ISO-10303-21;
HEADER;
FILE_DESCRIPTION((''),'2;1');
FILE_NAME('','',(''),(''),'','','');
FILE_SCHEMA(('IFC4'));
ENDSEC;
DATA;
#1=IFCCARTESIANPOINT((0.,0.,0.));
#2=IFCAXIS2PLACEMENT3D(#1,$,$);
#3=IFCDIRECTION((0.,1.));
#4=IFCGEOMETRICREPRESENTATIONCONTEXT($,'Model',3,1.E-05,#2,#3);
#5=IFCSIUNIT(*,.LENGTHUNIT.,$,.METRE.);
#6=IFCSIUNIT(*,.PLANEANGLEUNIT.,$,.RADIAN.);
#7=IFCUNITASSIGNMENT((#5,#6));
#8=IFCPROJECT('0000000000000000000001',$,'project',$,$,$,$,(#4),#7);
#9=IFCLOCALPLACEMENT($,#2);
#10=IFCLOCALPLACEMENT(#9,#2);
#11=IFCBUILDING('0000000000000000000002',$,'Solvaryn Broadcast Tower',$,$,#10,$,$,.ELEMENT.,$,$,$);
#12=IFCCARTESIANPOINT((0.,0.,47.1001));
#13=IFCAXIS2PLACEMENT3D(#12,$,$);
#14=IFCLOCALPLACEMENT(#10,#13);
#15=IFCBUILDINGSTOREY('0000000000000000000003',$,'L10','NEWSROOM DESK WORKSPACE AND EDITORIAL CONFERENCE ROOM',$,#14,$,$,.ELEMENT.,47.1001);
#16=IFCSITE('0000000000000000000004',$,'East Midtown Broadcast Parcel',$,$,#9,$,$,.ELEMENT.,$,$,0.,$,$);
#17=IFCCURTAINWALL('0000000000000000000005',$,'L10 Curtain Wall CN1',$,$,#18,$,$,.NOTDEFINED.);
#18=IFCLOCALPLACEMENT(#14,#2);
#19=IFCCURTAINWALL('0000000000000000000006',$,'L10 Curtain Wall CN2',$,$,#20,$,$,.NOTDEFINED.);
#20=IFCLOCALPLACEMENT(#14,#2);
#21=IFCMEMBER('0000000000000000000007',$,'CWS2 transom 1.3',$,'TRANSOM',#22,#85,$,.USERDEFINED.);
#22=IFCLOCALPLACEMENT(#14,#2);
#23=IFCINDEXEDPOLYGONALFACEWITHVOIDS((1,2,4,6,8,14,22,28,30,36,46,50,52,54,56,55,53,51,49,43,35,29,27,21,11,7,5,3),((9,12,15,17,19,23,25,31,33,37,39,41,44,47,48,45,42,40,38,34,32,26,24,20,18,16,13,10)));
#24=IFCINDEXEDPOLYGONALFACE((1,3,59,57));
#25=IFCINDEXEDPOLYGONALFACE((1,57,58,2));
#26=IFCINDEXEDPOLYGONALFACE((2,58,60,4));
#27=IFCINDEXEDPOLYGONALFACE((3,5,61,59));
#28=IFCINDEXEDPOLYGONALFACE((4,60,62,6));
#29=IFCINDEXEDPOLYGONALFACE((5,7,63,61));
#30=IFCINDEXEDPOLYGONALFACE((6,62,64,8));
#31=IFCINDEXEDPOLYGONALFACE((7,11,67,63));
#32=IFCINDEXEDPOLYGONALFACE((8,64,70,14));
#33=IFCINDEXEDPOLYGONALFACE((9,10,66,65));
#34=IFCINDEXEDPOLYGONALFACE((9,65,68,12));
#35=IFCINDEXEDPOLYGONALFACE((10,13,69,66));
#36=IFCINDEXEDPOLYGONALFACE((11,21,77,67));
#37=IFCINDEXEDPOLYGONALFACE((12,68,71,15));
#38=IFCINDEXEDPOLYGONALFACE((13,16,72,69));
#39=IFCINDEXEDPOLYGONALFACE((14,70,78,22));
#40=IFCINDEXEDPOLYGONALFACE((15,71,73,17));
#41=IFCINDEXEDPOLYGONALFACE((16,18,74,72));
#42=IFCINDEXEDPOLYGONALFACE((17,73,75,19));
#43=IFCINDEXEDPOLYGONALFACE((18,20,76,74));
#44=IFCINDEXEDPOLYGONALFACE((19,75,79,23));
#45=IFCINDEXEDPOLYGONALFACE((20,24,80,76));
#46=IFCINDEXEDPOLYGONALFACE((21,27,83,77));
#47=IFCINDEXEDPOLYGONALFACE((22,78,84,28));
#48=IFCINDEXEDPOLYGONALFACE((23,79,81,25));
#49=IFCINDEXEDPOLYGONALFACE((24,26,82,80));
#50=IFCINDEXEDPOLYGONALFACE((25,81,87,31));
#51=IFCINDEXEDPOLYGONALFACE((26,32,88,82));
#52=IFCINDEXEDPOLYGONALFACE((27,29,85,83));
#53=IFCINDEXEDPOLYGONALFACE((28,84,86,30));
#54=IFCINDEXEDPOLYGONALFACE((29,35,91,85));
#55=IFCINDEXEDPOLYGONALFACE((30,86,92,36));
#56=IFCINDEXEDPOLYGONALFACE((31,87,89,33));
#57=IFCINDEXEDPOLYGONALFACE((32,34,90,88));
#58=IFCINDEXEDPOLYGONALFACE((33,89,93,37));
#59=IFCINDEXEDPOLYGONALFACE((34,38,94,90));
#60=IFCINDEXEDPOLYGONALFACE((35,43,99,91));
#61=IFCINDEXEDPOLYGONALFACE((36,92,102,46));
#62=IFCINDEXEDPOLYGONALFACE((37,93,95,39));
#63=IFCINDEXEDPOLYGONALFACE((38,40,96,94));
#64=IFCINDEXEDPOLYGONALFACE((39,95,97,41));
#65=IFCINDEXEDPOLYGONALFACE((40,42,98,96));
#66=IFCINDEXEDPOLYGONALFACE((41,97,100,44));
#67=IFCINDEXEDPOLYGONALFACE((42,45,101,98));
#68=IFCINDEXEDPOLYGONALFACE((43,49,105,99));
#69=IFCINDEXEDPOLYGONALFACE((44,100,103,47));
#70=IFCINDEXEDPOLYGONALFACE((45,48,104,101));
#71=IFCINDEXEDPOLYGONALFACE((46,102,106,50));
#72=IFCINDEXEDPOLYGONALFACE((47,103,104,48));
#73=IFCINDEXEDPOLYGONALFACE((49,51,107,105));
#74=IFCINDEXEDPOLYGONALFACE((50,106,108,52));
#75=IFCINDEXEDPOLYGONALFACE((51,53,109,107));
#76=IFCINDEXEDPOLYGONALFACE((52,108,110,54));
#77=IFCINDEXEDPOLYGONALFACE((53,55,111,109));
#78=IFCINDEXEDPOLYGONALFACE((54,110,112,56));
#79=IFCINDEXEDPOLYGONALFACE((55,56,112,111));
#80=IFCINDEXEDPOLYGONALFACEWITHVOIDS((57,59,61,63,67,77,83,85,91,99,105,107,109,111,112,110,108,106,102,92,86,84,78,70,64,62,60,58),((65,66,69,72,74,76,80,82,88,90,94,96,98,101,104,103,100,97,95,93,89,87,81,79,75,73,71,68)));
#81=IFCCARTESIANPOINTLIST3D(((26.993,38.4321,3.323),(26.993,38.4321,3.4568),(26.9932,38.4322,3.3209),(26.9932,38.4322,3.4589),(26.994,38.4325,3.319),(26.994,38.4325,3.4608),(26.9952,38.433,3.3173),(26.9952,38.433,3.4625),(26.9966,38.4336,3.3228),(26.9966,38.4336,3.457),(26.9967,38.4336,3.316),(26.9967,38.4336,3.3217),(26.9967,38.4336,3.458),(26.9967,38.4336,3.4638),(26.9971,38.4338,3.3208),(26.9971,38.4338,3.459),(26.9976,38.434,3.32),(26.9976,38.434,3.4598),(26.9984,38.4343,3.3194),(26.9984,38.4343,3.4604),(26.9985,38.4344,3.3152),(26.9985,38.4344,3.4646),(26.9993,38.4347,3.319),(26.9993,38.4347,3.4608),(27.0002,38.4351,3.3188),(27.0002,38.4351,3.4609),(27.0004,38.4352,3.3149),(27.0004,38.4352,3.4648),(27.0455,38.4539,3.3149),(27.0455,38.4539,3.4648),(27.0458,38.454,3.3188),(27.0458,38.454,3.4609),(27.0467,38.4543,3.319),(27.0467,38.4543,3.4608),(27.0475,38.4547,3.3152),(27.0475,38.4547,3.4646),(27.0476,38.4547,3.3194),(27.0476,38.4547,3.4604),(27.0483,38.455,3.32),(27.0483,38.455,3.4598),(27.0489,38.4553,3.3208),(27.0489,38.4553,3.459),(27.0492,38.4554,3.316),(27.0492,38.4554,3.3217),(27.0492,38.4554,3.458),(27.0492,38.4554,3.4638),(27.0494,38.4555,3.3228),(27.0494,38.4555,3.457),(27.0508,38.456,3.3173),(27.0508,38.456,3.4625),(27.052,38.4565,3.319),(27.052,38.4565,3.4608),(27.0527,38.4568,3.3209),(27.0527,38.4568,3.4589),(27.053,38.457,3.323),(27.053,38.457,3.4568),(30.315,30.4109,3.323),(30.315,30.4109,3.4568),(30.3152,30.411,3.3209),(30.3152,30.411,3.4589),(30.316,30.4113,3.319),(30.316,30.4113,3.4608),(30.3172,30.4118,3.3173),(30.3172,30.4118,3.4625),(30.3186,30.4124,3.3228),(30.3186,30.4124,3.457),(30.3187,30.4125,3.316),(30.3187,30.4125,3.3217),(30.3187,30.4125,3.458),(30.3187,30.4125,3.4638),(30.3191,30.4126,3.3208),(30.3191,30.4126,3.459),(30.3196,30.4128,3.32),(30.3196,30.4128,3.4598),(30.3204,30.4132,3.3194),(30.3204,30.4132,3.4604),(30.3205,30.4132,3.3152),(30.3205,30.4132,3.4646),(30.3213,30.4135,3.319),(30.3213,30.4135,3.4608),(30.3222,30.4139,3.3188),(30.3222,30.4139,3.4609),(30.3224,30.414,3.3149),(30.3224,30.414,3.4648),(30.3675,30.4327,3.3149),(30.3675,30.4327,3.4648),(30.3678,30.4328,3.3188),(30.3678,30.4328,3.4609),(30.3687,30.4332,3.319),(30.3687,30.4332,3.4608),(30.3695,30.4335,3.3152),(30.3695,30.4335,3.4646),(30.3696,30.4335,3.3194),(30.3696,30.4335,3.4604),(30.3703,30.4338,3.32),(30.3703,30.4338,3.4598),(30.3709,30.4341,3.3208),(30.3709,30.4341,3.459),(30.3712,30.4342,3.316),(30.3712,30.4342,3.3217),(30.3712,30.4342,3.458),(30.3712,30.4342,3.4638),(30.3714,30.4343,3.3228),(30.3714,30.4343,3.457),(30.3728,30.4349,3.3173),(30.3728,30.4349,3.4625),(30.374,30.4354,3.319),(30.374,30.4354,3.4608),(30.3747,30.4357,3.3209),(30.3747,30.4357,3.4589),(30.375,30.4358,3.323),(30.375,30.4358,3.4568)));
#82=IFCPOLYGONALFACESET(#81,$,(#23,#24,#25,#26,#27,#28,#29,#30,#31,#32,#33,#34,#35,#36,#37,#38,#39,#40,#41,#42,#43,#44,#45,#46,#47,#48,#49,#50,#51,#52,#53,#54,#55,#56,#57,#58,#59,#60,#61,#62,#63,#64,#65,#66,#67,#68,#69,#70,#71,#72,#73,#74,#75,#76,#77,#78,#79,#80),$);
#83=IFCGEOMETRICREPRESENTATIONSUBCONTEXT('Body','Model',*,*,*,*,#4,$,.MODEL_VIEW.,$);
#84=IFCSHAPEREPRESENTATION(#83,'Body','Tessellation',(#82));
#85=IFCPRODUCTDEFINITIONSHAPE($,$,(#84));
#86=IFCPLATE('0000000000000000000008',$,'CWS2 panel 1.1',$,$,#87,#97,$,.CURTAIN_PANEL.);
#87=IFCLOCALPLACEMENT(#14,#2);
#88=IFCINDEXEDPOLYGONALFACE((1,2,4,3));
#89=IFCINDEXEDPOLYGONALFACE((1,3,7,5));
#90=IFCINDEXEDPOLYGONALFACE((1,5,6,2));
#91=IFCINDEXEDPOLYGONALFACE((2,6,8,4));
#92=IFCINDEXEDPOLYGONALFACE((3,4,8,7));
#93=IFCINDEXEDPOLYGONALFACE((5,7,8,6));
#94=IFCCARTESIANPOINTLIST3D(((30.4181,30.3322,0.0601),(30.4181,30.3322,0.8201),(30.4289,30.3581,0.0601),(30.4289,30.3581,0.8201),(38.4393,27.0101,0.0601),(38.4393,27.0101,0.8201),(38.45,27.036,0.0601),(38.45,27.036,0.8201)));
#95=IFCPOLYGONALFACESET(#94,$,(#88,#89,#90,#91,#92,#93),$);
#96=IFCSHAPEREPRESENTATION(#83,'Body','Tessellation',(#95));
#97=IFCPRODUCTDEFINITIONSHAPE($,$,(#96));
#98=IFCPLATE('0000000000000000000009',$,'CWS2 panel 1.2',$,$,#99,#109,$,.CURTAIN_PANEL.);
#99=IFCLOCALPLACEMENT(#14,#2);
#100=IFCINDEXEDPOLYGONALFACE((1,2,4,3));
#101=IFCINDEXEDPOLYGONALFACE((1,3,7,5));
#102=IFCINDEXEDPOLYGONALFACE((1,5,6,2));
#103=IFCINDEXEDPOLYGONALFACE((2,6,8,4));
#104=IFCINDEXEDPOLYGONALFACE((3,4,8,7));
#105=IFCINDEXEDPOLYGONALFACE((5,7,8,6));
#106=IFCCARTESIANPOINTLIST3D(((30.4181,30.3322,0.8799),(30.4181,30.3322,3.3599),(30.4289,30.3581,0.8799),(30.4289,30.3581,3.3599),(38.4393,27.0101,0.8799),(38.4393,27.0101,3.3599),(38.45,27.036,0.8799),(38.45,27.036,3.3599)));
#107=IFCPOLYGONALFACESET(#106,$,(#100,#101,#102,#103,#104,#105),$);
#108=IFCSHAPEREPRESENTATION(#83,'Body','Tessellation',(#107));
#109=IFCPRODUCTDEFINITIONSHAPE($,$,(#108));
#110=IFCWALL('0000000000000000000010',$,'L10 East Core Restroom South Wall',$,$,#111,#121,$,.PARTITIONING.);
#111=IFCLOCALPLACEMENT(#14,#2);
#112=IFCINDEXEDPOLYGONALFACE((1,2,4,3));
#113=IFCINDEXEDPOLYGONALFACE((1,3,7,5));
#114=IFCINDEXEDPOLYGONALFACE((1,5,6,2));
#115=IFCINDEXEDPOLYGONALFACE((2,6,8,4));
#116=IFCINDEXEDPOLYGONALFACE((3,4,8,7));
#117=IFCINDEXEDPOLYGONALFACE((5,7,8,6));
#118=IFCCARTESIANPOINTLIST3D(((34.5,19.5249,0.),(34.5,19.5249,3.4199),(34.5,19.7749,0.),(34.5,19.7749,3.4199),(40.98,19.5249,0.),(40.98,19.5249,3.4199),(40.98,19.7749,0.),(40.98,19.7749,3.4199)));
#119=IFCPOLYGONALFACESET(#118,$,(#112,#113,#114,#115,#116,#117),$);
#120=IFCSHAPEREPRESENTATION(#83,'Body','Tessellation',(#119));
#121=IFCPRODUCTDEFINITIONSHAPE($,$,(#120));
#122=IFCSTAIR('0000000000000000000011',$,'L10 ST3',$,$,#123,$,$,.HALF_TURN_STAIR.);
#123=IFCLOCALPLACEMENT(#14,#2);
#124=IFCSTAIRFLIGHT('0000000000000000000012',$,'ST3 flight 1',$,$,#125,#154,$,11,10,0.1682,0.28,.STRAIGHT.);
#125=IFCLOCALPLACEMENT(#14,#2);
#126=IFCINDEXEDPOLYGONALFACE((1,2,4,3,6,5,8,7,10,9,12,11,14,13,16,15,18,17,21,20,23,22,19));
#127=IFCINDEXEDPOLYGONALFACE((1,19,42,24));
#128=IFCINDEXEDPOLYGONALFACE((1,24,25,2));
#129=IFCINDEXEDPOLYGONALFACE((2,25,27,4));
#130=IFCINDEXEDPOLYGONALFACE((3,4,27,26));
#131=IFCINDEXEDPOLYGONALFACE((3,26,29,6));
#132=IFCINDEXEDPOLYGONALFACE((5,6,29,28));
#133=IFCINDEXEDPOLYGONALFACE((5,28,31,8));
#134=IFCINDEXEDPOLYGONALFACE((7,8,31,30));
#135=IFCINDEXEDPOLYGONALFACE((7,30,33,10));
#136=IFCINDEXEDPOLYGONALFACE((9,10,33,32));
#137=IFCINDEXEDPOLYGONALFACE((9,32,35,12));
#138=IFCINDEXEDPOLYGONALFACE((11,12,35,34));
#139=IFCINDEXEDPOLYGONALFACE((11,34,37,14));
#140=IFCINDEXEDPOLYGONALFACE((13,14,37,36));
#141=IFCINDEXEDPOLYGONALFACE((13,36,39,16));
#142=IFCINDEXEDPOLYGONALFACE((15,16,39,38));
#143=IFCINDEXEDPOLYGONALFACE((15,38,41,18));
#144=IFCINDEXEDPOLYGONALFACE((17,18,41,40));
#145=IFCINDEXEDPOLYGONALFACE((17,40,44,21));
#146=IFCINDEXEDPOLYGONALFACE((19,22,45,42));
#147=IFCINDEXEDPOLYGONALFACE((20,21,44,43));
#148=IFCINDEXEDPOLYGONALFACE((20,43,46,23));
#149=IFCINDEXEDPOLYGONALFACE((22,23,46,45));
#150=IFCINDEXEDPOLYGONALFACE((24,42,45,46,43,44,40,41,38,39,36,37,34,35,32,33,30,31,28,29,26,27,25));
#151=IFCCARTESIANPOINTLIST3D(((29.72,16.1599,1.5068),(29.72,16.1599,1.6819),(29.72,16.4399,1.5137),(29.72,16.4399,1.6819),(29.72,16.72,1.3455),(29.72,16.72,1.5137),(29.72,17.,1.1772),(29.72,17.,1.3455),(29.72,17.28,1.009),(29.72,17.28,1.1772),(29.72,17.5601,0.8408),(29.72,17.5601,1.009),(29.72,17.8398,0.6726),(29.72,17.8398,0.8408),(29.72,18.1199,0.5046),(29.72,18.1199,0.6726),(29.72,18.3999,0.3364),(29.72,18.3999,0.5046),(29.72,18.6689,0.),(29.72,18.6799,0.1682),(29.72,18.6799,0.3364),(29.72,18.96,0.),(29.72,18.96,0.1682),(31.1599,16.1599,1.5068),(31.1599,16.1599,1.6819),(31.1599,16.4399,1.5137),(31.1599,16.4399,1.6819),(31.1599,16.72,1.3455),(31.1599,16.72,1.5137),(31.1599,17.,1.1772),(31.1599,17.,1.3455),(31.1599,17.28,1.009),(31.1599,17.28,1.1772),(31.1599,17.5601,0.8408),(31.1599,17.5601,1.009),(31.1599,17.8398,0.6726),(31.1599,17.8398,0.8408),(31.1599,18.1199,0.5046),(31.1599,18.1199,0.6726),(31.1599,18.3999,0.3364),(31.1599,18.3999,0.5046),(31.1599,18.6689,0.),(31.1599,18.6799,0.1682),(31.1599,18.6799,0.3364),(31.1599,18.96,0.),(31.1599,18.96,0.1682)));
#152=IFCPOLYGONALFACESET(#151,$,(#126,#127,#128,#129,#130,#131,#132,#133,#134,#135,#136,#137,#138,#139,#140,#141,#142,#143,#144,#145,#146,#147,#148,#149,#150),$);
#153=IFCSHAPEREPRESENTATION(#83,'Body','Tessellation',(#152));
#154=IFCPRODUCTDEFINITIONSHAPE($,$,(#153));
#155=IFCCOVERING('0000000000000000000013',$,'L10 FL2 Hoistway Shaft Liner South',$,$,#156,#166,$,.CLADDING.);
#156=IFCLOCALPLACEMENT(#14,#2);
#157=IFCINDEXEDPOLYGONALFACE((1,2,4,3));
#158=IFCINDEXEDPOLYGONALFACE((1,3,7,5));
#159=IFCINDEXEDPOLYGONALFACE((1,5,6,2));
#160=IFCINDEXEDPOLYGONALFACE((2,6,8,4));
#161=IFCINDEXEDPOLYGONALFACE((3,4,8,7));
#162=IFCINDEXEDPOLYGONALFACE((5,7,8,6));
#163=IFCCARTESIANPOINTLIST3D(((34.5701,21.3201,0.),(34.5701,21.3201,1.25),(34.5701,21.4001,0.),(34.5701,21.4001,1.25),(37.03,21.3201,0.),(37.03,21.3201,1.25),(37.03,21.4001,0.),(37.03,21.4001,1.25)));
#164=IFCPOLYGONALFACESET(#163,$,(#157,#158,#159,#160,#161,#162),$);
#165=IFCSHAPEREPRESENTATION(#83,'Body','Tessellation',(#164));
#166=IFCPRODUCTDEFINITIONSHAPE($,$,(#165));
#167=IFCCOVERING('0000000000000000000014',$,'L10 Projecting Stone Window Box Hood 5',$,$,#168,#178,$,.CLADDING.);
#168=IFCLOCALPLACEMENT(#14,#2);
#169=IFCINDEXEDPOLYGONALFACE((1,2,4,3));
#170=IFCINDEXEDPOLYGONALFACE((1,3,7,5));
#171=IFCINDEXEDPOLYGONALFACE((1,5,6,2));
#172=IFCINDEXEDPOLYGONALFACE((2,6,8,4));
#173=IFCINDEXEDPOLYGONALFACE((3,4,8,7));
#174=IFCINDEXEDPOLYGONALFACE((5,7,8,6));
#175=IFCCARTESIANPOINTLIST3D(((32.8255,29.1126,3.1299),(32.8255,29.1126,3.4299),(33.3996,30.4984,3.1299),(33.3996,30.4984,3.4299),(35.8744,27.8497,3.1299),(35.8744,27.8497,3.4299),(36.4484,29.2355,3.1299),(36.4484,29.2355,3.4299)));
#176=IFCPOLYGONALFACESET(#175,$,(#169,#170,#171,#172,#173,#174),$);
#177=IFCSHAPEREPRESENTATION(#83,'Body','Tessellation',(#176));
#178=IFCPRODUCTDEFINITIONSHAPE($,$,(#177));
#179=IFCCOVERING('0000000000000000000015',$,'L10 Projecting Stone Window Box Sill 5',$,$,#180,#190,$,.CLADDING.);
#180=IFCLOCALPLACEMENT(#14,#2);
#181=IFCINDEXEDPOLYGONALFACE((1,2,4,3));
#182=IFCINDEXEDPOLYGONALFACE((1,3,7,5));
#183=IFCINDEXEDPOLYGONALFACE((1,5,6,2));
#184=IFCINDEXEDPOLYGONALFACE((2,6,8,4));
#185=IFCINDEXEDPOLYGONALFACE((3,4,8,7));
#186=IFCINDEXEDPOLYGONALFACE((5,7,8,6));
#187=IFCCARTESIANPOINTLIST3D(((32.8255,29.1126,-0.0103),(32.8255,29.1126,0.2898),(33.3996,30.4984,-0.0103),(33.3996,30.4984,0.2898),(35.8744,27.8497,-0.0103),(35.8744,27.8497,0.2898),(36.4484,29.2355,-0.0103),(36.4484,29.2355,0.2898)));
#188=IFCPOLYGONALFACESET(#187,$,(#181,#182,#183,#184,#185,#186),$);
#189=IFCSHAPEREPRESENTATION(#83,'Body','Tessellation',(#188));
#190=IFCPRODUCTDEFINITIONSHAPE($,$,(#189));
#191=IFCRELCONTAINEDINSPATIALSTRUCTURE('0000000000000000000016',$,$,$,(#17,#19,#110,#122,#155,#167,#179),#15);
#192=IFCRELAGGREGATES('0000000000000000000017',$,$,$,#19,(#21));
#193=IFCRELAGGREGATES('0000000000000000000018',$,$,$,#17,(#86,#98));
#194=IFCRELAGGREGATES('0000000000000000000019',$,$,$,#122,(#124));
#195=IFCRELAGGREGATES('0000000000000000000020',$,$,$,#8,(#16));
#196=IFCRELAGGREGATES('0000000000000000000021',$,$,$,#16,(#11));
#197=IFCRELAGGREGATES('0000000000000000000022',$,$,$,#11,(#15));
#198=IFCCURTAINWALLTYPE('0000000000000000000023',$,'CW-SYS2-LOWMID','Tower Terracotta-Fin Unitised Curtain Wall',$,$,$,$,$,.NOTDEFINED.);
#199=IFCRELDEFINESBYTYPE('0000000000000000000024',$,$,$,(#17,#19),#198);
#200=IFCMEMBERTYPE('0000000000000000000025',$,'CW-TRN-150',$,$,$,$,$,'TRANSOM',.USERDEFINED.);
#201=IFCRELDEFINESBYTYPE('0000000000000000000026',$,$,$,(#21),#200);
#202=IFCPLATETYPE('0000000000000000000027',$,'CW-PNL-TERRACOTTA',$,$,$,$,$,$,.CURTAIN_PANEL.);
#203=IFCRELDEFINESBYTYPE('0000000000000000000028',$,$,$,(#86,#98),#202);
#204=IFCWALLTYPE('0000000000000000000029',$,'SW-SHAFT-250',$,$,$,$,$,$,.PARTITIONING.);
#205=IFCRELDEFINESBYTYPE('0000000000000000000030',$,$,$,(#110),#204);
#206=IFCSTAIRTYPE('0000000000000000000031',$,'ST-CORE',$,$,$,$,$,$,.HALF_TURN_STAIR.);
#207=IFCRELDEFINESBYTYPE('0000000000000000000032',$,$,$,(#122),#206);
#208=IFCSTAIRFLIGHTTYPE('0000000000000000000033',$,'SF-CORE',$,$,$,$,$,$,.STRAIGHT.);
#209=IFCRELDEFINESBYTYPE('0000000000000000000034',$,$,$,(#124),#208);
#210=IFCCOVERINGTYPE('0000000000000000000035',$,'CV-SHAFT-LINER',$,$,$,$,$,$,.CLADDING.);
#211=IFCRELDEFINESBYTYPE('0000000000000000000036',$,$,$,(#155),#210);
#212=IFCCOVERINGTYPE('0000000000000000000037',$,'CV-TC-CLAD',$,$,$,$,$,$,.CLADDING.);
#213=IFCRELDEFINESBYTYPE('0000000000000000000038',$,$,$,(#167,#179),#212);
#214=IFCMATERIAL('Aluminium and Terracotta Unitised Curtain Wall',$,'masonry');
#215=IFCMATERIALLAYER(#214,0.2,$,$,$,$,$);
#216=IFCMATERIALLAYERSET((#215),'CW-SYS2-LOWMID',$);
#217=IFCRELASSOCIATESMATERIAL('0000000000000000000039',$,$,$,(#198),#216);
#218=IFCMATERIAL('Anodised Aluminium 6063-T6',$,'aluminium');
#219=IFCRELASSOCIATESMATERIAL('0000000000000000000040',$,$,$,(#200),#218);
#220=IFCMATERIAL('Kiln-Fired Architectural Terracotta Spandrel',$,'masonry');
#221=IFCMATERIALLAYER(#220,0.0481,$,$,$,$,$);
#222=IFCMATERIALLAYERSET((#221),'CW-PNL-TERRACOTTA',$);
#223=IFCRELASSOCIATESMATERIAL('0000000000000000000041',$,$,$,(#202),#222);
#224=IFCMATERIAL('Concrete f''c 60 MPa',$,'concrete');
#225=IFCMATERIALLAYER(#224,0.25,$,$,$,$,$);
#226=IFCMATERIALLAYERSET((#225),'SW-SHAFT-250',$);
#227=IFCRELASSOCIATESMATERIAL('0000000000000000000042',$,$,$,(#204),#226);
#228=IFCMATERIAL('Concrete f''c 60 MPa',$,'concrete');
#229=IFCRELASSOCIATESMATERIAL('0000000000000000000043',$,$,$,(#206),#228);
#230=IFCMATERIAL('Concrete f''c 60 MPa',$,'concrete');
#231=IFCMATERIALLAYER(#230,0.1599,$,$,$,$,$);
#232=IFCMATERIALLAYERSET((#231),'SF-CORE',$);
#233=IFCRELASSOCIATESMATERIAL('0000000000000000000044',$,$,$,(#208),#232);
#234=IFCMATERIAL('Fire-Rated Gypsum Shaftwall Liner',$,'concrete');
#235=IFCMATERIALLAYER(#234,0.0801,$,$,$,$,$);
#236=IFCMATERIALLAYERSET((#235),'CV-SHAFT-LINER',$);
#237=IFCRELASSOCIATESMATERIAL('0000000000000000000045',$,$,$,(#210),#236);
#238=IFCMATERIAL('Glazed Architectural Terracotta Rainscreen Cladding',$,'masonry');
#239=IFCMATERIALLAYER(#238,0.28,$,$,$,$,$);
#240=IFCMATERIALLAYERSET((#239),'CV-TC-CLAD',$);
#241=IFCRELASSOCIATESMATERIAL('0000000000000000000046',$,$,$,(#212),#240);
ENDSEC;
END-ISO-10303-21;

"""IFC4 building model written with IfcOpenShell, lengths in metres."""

from ifc_helpers import new_model, si_unit, direction, frame, frame_2d, origin, origin_2d, place, context, subcontext, project, spatial, polyline, rectangle, hollow_rectangle, outline, extrude, material, layer, layer_set, material_profile, profile_set, type_object, element, aggregate, save


model = new_model("IFC4")

# Units and contexts
model_context = context("Model", 3, precision=1e-05, world=origin(), true_north=direction((0.0, 1.0)))
body_context = subcontext(model_context, "Body", "Model", "MODEL_VIEW")
ifc_project = project(units=[si_unit("LENGTHUNIT", "METRE"), si_unit("PLANEANGLEUNIT", "RADIAN")], contexts=[model_context])

# Site, building, storey
site_placement = place(None, origin())
site = spatial("IfcSite", under=ifc_project, at=site_placement, Name="East Midtown Broadcast Parcel", CompositionType="ELEMENT", RefElevation=0.0)
building_placement = place(site_placement, origin())
building = spatial("IfcBuilding", under=site, at=building_placement, Name="Solvaryn Broadcast Tower", CompositionType="ELEMENT")
storey_placement = place(building_placement, frame((0.0, 0.0, 47.1001)))
storey = spatial("IfcBuildingStorey", under=building, at=storey_placement, Name="L10", Description="NEWSROOM DESK WORKSPACE AND EDITORIAL CONFERENCE ROOM", CompositionType="ELEMENT", Elevation=47.1001)

# Curtain wall
ifc_material_1 = material(Name="Aluminium and Terracotta Unitised Curtain Wall", Category="masonry")
ifc_layer_1 = layer(ifc_material_1, 0.2)
ifc_layer_set_1 = layer_set([ifc_layer_1], Name="CW-SYS2-LOWMID")
curtain_wall_type = type_object("IfcCurtainWallType", Name="CW-SYS2-LOWMID", Description="Tower Terracotta-Fin Unitised Curtain Wall", PredefinedType="NOTDEFINED", material=ifc_layer_set_1)
curtain_wall_1_placement = place(storey_placement, origin())
curtain_wall_1 = element("IfcCurtainWall", 1, at=curtain_wall_1_placement, inside=storey, type_object=curtain_wall_type, Name="L10 Curtain Wall CN1", PredefinedType="NOTDEFINED")

# Curtain wall, member
curtain_wall_2_placement = place(storey_placement, origin())
curtain_wall_2 = element("IfcCurtainWall", 2, at=curtain_wall_2_placement, inside=storey, type_object=curtain_wall_type, Name="L10 Curtain Wall CN2", PredefinedType="NOTDEFINED")
ifc_material_2 = material(Name="Anodised Aluminium 6063-T6", Category="aluminium")
ifc_material_profile_1 = material_profile(ifc_material_2, hollow_rectangle(XDim=0.0649, YDim=0.1499, WallThickness=0.0039, InnerFilletRadius=0.0039, OuterFilletRadius=0.0081, at=origin_2d()))
ifc_profile_set_1 = profile_set([ifc_material_profile_1], Name="Anodised Aluminium 6063-T6")
member_type_1 = type_object("IfcMemberType", Name="CW-TRN-150", ElementType="TRANSOM", PredefinedType="USERDEFINED", material=ifc_profile_set_1)
member_1_placement = place(storey_placement, frame((30.345, 30.4233, 3.3899), z_axis=(-0.382636, 0.923899, 0.0), x_axis=(-0.923899, -0.382636, 0.0)))
member_1 = element("IfcMember", 3, at=member_1_placement, type_object=member_type_1, Name="CWS2 transom 1.3", ObjectType="TRANSOM", PredefinedType="USERDEFINED", context=body_context, shape_type="SweptSolid", body=[
    extrude(hollow_rectangle(XDim=0.0649, YDim=0.1499, WallThickness=0.0039, InnerFilletRadius=0.0039, OuterFilletRadius=0.0081, at=origin_2d()), origin(), (0.0, 0.0, 1.0), 8.6819),
])
aggregate(curtain_wall_2, [member_1])

# Plates
ifc_material_3 = material(Name="Kiln-Fired Architectural Terracotta Spandrel", Category="masonry")
ifc_layer_2 = layer(ifc_material_3, 0.0481)
ifc_layer_set_2 = layer_set([ifc_layer_2], Name="CW-PNL-TERRACOTTA")
plate_type = type_object("IfcPlateType", Name="CW-PNL-TERRACOTTA", PredefinedType="CURTAIN_PANEL", material=ifc_layer_set_2)
plate_1_placement = place(storey_placement, frame((34.4341, 28.6841, 0.0601), z_axis=(0.0, 0.0, 1.0), x_axis=(-0.923895, 0.382646, 0.0)))
plate_1 = element("IfcPlate", 4, at=plate_1_placement, type_object=plate_type, Name="CWS2 panel 1.1", PredefinedType="CURTAIN_PANEL", context=body_context, shape_type="SweptSolid", body=[
    extrude(rectangle(XDim=8.6819, YDim=0.0281, at=origin_2d()), origin(), (0.0, 0.0, 1.0), 0.76),
])
plate_2_placement = place(storey_placement, frame((34.4341, 28.6841, 0.8799), z_axis=(0.0, 0.0, 1.0), x_axis=(-0.923895, 0.382646, 0.0)))
plate_2 = element("IfcPlate", 5, at=plate_2_placement, type_object=plate_type, Name="CWS2 panel 1.2", PredefinedType="CURTAIN_PANEL", context=body_context, shape_type="SweptSolid", body=[
    extrude(rectangle(XDim=8.6819, YDim=0.0281, at=origin_2d()), origin(), (0.0, 0.0, 1.0), 2.48),
])
aggregate(curtain_wall_1, [plate_1, plate_2])

# Shared definitions
ifc_material_4 = material(Name="Concrete f'c 60 MPa", Category="concrete")
ifc_layer_3 = layer(ifc_material_4, 0.25)
ifc_layer_set_3 = layer_set([ifc_layer_3], Name="SW-SHAFT-250")
wall_type_1 = type_object("IfcWallType", Name="SW-SHAFT-250", PredefinedType="PARTITIONING", material=ifc_layer_set_3)

# Wall
wall_1_placement = place(storey_placement, frame((34.5, 19.6499, 0.0), z_axis=(0.0, 0.0, 1.0), x_axis=(1.0, 0.0, 0.0)))
element("IfcWall", 6, at=wall_1_placement, inside=storey, type_object=wall_type_1, Name="L10 East Core Restroom South Wall", PredefinedType="PARTITIONING", context=body_context, shape_type="SweptSolid", body=[
    extrude(rectangle(XDim=6.48, YDim=0.25, at=frame_2d((3.24, 0.0))), origin(), (0.0, 0.0, 1.0), 3.4199),
])

# Stair, stair flight
ifc_material_5 = material(Name="Concrete f'c 60 MPa", Category="concrete")
stair_type = type_object("IfcStairType", Name="ST-CORE", PredefinedType="HALF_TURN_STAIR", material=ifc_material_5)
stair_placement = place(storey_placement, origin())
stair = element("IfcStair", 7, at=stair_placement, inside=storey, type_object=stair_type, Name="L10 ST3", PredefinedType="HALF_TURN_STAIR")
ifc_material_6 = material(Name="Concrete f'c 60 MPa", Category="concrete")
ifc_layer_4 = layer(ifc_material_6, 0.1599)
ifc_layer_set_4 = layer_set([ifc_layer_4], Name="SF-CORE")
stair_flight_type = type_object("IfcStairFlightType", Name="SF-CORE", PredefinedType="STRAIGHT", material=ifc_layer_set_4)
stair_flight_placement = place(storey_placement, frame((30.4399, 18.96, 0.0), z_axis=(0.0, 0.0, 1.0), x_axis=(0.0, -1.0, 0.0)))
stair_flight = element("IfcStairFlight", 8, at=stair_flight_placement, type_object=stair_flight_type, Name="ST3 flight 1", NumberOfRisers=11, NumberOfTreads=10, PredefinedType="STRAIGHT", RiserHeight=0.1682, TreadLength=0.28, context=body_context, shape_type="SweptSolid", body=[
    extrude(outline(polyline([(0.0, 0.0), (0.0, 0.1682), (0.28, 0.1682), (0.28, 0.3364), (0.5601, 0.3364), (0.5601, 0.5046), (0.8401, 0.5046), (0.8401, 0.6726), (1.1201, 0.6726), (1.1201, 0.8408), (1.3999, 0.8408), (1.3999, 1.009), (1.6799, 1.009), (1.6799, 1.1772), (1.96, 1.1772), (1.96, 1.3455), (2.24, 1.3455), (2.24, 1.5137), (2.52, 1.5137), (2.52, 1.6819), (2.8, 1.6819), (2.8, 1.8501), (2.8, 1.5068), (0.291, 0.0), (0.0, 0.0)])), frame((0.0, 0.72, 0.0), z_axis=(0.0, -1.0, 0.0), x_axis=(1.0, 0.0, 0.0)), (0.0, 0.0, 1.0), 1.4399),
])
aggregate(stair, [stair_flight])

# Coverings
ifc_material_7 = material(Name="Fire-Rated Gypsum Shaftwall Liner", Category="concrete")
ifc_layer_5 = layer(ifc_material_7, 0.0801)
ifc_layer_set_5 = layer_set([ifc_layer_5], Name="CV-SHAFT-LINER")
covering_type_1 = type_object("IfcCoveringType", Name="CV-SHAFT-LINER", PredefinedType="CLADDING", material=ifc_layer_set_5)
covering_1_placement = place(storey_placement, frame((35.8, 21.3601, 0.0), z_axis=(0.0, 0.0, 1.0), x_axis=(1.0, 0.0, 0.0)))
element("IfcCovering", 9, at=covering_1_placement, inside=storey, type_object=covering_type_1, Name="L10 FL2 Hoistway Shaft Liner South", PredefinedType="CLADDING", context=body_context, shape_type="SweptSolid", body=[
    extrude(rectangle(XDim=2.46, YDim=0.0801, at=origin_2d()), origin(), (0.0, 0.0, 1.0), 1.25),
])
ifc_material_8 = material(Name="Glazed Architectural Terracotta Rainscreen Cladding", Category="masonry")
ifc_layer_6 = layer(ifc_material_8, 0.28)
ifc_layer_set_6 = layer_set([ifc_layer_6], Name="CV-TC-CLAD")
covering_type_2 = type_object("IfcCoveringType", Name="CV-TC-CLAD", PredefinedType="CLADDING", material=ifc_layer_set_6)
for number, where, z_axis, x_axis, name in (
    (10, (34.637, 29.1741, 3.1299), (0.0, 0.0, 1.0), (-0.92388, 0.382683, 0.0), "L10 Projecting Stone Window Box Hood 5"),
    (11, (34.637, 29.1741, -0.0103), (0.0, 0.0, 1.0), (-0.92388, 0.382683, 0.0), "L10 Projecting Stone Window Box Sill 5"),
):
    element("IfcCovering", number, at=place(storey_placement, frame(where, z_axis=z_axis, x_axis=x_axis)), inside=storey, type_object=covering_type_2, Name=name, PredefinedType="CLADDING", context=body_context, shape_type="SweptSolid", body=[
        extrude(rectangle(XDim=3.3, YDim=1.5, at=origin_2d()), origin(), (0.0, 0.0, 1.0), 0.3),
    ])

save(model, "model.ifc")
